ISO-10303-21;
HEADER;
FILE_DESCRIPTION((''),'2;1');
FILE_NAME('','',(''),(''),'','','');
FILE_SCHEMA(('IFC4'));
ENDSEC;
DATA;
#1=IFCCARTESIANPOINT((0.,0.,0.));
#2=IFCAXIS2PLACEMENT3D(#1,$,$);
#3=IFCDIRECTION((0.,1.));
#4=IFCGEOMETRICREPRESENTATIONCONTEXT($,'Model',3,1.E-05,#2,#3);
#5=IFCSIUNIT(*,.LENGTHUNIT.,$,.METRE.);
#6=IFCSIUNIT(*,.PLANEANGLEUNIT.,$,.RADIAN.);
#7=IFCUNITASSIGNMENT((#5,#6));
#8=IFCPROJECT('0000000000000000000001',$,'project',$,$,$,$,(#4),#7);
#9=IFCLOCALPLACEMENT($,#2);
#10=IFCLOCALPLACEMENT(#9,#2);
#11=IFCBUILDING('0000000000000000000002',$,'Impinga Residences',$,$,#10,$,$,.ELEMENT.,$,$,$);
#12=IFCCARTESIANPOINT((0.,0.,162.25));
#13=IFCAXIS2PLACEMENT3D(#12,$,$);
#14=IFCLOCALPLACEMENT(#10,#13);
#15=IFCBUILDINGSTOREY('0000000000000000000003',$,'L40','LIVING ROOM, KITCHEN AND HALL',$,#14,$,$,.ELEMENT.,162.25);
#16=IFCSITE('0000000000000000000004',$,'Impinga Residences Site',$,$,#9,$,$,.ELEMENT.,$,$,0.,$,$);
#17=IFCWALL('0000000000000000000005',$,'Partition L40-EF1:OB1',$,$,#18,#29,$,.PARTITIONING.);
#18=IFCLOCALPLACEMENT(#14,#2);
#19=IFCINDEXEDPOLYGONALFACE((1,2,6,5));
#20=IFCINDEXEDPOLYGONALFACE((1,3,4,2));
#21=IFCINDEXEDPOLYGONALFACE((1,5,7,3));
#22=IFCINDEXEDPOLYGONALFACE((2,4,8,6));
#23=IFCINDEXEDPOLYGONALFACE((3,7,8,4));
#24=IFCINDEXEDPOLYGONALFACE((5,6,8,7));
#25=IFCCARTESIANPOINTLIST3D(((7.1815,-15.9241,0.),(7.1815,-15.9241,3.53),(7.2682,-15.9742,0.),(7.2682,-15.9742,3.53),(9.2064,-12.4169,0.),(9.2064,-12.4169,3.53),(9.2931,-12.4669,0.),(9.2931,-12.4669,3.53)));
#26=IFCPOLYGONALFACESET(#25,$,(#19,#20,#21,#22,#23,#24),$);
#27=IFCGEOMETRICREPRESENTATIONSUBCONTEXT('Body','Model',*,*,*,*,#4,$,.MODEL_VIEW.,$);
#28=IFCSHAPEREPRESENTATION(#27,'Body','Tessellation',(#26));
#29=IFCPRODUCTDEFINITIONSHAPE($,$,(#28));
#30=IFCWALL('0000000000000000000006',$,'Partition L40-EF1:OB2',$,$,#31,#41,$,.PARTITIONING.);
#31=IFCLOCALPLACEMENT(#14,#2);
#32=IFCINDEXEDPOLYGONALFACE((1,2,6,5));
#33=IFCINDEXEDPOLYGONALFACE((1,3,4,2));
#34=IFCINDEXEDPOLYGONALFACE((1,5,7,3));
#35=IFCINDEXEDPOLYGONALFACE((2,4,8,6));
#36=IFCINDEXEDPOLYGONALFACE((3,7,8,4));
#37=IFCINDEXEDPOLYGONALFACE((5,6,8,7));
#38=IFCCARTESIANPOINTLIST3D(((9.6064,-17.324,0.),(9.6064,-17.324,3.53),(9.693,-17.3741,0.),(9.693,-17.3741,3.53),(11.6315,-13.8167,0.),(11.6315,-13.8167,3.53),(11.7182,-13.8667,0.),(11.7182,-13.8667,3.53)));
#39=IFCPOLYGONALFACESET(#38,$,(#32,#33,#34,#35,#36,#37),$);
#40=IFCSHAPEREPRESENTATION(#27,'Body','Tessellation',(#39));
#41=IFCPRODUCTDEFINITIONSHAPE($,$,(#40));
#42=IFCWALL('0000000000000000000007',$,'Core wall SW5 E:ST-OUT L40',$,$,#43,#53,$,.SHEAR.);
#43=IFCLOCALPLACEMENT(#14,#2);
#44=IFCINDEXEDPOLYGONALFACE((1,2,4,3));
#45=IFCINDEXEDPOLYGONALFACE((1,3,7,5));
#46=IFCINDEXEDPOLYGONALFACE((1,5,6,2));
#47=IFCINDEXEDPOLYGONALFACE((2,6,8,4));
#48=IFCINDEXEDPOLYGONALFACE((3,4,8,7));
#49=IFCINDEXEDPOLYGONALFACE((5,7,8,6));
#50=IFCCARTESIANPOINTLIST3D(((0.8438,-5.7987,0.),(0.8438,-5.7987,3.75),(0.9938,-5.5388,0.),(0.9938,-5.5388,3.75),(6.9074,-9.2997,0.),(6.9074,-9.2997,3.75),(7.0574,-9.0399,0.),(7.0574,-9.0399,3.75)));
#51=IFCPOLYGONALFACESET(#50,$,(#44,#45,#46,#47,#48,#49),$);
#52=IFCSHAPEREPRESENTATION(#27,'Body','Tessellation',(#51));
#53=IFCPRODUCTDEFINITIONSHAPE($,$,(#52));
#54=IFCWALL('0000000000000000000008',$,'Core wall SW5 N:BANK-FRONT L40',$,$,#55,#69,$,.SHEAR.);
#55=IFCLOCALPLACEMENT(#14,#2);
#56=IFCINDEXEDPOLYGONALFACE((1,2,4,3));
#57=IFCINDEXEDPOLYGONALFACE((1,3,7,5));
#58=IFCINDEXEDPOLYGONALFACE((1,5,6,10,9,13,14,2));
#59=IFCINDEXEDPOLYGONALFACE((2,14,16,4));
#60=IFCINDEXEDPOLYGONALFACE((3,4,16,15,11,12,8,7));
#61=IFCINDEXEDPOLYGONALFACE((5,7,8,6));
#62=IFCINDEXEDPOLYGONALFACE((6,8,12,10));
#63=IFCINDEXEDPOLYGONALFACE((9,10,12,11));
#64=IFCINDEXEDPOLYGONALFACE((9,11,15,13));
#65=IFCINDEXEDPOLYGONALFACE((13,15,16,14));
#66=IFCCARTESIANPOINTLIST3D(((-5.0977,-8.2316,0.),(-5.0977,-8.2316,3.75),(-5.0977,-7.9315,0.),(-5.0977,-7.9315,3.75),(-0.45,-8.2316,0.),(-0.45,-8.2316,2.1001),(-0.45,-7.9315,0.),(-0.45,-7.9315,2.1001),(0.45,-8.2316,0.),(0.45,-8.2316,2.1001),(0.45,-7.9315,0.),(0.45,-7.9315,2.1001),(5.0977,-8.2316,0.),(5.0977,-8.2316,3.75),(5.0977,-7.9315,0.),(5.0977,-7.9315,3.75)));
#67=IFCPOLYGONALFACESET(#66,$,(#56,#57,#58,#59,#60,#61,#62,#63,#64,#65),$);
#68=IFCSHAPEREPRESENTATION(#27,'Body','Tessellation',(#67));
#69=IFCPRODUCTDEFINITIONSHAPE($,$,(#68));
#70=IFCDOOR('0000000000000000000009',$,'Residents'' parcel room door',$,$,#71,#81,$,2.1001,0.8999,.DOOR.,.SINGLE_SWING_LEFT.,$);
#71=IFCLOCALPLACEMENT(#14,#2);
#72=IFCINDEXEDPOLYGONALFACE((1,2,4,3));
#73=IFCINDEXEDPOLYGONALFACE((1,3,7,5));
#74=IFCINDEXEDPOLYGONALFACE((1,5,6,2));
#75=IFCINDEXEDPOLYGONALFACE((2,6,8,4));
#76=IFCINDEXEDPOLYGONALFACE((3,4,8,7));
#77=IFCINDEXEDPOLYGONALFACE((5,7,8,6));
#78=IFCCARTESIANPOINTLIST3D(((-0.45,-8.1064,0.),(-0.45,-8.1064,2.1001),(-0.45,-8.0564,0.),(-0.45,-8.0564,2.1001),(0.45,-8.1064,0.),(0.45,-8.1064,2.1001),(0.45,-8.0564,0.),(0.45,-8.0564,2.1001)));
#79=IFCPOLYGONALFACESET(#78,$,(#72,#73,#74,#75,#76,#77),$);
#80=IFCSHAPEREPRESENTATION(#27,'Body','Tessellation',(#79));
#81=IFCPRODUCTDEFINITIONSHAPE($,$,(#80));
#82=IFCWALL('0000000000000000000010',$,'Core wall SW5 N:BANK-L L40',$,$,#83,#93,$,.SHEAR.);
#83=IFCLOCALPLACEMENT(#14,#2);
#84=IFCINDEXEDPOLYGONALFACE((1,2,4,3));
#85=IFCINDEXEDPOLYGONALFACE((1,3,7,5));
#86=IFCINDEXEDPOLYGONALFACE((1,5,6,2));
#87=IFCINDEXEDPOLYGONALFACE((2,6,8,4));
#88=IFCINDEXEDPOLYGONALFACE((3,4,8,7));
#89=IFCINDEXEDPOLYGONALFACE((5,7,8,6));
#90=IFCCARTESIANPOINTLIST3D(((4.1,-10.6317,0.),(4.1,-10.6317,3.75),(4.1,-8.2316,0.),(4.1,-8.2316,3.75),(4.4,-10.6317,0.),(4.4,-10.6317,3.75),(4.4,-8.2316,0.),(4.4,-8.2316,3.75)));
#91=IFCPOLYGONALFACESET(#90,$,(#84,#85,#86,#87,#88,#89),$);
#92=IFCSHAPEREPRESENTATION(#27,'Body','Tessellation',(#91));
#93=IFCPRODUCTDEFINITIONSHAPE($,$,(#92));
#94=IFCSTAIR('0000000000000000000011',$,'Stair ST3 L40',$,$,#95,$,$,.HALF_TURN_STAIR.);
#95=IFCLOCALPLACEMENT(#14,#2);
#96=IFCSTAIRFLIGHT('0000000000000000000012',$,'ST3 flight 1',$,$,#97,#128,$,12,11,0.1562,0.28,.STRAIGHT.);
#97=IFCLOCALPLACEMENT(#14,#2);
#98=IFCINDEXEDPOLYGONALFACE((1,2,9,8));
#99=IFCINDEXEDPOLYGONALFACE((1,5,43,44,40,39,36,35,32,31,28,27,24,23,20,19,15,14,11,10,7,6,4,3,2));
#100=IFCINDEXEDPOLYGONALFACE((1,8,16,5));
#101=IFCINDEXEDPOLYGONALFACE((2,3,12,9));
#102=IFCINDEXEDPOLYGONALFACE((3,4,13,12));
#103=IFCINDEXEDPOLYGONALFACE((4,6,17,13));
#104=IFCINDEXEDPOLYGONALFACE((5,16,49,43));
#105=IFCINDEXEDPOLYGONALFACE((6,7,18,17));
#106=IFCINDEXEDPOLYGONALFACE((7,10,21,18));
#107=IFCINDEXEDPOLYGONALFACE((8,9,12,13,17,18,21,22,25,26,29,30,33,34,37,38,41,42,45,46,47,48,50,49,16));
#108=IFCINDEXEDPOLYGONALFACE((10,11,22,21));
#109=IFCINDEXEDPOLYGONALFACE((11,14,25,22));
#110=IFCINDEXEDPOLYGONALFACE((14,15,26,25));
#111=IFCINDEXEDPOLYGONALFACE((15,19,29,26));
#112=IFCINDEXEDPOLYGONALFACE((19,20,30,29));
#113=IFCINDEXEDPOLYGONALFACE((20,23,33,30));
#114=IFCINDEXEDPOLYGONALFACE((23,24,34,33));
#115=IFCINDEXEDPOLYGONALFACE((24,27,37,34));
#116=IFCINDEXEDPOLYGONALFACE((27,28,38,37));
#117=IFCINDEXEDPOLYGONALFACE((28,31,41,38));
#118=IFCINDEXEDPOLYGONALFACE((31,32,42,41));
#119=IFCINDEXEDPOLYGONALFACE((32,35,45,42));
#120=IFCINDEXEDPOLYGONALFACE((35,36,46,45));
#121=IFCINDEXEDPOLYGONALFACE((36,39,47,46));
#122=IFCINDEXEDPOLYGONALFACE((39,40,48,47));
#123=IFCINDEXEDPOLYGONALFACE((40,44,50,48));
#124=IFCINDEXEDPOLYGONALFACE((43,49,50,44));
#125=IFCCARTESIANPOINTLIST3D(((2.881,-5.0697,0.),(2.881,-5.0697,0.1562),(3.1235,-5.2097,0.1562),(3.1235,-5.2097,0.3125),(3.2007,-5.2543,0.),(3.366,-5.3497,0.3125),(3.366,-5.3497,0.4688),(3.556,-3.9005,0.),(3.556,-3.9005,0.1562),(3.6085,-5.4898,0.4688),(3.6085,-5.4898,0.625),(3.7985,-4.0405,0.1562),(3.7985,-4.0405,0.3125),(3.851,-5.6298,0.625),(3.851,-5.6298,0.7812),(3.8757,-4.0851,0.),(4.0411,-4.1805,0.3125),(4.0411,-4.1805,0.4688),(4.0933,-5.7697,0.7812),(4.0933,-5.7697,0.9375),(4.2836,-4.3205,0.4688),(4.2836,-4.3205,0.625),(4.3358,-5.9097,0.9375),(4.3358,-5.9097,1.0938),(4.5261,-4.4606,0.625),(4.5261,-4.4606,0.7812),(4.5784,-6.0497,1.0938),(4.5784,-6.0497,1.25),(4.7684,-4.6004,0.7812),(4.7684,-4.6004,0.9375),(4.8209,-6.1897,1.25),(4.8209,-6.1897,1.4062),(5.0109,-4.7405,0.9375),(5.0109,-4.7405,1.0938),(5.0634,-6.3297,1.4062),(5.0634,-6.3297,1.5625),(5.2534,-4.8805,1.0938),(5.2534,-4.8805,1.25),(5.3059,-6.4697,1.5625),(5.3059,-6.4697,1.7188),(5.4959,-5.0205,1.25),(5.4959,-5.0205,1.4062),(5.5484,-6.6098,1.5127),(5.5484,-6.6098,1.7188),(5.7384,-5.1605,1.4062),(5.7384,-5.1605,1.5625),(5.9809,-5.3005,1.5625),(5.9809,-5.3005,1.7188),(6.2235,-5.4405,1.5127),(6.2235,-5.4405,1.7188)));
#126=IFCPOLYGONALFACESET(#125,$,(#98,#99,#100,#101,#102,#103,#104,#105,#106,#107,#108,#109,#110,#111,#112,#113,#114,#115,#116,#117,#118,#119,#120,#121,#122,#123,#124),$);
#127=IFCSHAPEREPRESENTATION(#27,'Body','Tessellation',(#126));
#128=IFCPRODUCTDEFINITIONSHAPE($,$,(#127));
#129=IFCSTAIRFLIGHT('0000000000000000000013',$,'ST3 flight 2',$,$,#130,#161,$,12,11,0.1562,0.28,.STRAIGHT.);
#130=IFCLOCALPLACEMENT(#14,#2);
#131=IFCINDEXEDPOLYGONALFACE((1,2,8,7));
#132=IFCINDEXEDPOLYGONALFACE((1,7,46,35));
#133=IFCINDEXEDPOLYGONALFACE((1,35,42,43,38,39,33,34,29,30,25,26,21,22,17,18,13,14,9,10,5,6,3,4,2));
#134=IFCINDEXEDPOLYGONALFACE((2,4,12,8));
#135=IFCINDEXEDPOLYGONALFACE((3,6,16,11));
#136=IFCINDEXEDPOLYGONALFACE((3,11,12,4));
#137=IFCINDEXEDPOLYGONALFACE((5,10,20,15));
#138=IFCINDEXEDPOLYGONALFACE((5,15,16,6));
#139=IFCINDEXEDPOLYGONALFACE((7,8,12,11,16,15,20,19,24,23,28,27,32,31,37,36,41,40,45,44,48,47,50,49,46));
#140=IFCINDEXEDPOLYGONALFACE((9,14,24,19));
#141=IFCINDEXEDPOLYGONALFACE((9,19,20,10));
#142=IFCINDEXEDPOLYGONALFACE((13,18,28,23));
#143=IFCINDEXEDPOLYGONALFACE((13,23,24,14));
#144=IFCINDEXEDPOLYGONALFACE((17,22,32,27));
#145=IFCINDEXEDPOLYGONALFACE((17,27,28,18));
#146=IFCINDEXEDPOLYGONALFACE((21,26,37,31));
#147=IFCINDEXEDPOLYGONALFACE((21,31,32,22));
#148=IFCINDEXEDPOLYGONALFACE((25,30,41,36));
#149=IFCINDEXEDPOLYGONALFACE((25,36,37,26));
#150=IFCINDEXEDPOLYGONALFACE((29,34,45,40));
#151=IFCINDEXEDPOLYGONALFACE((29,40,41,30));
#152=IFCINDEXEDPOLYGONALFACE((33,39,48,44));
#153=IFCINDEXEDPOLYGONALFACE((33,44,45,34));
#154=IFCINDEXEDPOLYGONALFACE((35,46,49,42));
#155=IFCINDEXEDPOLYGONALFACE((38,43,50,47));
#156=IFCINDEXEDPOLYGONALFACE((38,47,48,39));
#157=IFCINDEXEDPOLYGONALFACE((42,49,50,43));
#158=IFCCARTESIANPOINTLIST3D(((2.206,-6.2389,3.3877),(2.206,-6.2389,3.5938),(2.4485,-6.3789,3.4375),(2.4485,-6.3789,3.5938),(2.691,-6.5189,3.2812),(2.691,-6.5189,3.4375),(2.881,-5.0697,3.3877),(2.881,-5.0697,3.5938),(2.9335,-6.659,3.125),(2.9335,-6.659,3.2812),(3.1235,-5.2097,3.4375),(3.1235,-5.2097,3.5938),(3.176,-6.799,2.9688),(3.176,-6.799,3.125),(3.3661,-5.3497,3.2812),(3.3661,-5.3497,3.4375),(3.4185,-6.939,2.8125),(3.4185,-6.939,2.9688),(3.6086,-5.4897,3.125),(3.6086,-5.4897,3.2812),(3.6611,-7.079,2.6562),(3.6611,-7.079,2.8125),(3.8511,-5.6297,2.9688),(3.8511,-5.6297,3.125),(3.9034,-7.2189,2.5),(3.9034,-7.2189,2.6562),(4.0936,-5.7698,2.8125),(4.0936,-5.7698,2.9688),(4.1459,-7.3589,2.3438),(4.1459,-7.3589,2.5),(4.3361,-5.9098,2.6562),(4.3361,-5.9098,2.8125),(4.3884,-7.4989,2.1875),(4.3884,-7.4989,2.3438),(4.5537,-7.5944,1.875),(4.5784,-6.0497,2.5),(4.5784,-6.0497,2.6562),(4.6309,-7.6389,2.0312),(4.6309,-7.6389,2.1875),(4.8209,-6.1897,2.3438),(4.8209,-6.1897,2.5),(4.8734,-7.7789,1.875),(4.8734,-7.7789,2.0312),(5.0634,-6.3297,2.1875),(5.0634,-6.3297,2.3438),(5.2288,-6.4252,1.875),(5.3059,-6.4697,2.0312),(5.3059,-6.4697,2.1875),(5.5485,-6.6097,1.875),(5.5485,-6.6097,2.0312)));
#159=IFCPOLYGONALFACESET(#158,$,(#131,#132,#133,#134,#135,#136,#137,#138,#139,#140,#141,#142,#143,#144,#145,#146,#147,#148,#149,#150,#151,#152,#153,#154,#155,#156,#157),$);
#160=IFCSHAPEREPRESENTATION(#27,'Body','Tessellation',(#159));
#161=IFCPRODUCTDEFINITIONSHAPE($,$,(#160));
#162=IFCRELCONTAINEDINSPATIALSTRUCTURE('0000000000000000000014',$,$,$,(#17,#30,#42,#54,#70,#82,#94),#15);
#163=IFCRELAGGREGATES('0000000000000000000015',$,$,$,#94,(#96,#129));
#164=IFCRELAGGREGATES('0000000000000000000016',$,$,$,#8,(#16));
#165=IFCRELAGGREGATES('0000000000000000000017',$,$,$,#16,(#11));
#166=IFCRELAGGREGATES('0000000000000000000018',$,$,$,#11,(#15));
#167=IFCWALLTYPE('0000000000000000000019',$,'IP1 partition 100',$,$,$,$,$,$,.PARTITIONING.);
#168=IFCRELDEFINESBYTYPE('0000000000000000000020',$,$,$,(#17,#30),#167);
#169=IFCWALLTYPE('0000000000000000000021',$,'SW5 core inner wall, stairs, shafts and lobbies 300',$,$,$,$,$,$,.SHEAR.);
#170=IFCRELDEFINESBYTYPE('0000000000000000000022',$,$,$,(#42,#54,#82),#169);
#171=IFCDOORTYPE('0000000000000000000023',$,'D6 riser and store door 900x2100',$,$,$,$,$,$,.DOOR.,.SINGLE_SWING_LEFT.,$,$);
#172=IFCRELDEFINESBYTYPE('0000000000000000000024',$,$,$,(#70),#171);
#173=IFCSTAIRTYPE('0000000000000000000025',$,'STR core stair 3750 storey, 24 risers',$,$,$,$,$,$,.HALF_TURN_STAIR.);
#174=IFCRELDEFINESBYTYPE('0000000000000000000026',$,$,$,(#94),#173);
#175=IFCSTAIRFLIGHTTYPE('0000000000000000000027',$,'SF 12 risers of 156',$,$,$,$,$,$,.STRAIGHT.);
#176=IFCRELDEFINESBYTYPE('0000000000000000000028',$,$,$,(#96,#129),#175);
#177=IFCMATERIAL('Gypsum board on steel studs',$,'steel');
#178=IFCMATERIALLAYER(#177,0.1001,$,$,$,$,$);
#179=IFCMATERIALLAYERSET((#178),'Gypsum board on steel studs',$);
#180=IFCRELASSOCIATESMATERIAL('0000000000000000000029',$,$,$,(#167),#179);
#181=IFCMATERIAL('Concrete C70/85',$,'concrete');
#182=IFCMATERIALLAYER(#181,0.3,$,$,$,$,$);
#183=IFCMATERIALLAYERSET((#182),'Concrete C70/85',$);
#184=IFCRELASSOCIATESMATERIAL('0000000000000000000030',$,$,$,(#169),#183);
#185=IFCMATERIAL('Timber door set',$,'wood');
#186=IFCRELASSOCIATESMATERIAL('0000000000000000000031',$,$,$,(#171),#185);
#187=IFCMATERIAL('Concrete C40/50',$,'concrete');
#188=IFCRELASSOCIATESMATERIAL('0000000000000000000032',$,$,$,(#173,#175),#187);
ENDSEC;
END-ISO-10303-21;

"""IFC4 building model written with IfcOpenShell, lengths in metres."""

from ifc_helpers import new_model, si_unit, direction, frame, frame_2d, origin, place, context, subcontext, project, spatial, polyline, rectangle, outline, extrude, material, layer, layer_set, type_object, element, fill, aggregate, save


model = new_model("IFC4")

# Units and contexts
model_context = context("Model", 3, precision=1e-05, world=origin(), true_north=direction((0.0, 1.0)))
body_context = subcontext(model_context, "Body", "Model", "MODEL_VIEW")
ifc_project = project(units=[si_unit("LENGTHUNIT", "METRE"), si_unit("PLANEANGLEUNIT", "RADIAN")], contexts=[model_context])

# Site, building, storey
site_placement = place(None, origin())
site = spatial("IfcSite", under=ifc_project, at=site_placement, Name="Impinga Residences Site", CompositionType="ELEMENT", RefElevation=0.0)
building_placement = place(site_placement, origin())
building = spatial("IfcBuilding", under=site, at=building_placement, Name="Impinga Residences", CompositionType="ELEMENT")
storey_placement = place(building_placement, frame((0.0, 0.0, 162.25)))
storey = spatial("IfcBuildingStorey", under=building, at=storey_placement, Name="L40", Description="LIVING ROOM, KITCHEN AND HALL", CompositionType="ELEMENT", Elevation=162.25)

# Shared definitions
ifc_material_1 = material(Name="Timber door set", Category="wood")

# Shared definitions
ifc_material_2 = material(Name="Gypsum board on steel studs", Category="steel")
ifc_layer_1 = layer(ifc_material_2, 0.1001)
ifc_layer_set_1 = layer_set([ifc_layer_1], Name="Gypsum board on steel studs")
wall_type_1 = type_object("IfcWallType", Name="IP1 partition 100", PredefinedType="PARTITIONING", material=ifc_layer_set_1)

# Walls
wall_1_placement = place(storey_placement, frame((9.2498, -12.4419, 0.0), z_axis=(0.0, 0.0, 1.0), x_axis=(-0.49999, -0.866031, 0.0)))
element("IfcWall", 1, at=wall_1_placement, inside=storey, type_object=wall_type_1, Name="Partition L40-EF1:OB1", PredefinedType="PARTITIONING", context=body_context, shape_type="SweptSolid", body=[
    extrude(rectangle(XDim=4.0498, YDim=0.1001, at=frame_2d((2.0249, 0.0))), origin(), (0.0, 0.0, 1.0), 3.53),
])
wall_2_placement = place(storey_placement, frame((11.6748, -13.8418, 0.0), z_axis=(0.0, 0.0, 1.0), x_axis=(-0.500036, -0.866005, 0.0)))
element("IfcWall", 2, at=wall_2_placement, inside=storey, type_object=wall_type_1, Name="Partition L40-EF1:OB2", PredefinedType="PARTITIONING", context=body_context, shape_type="SweptSolid", body=[
    extrude(rectangle(XDim=4.05, YDim=0.1001, at=frame_2d((2.0249, 0.0))), origin(), (0.0, 0.0, 1.0), 3.53),
])
ifc_material_3 = material(Name="Concrete C70/85", Category="concrete")
ifc_layer_2 = layer(ifc_material_3, 0.3)
ifc_layer_set_2 = layer_set([ifc_layer_2], Name="Concrete C70/85")
wall_type_2 = type_object("IfcWallType", Name="SW5 core inner wall, stairs, shafts and lobbies 300", PredefinedType="SHEAR", material=ifc_layer_set_2)
wall_3_placement = place(storey_placement, frame((0.9187, -5.6687, 0.0), z_axis=(0.0, 0.0, 1.0), x_axis=(0.866011, -0.500024, 0.0)))
element("IfcWall", 3, at=wall_3_placement, inside=storey, type_object=wall_type_2, Name="Core wall SW5 E:ST-OUT L40", PredefinedType="SHEAR", context=body_context, shape_type="SweptSolid", body=[
    extrude(rectangle(XDim=7.0017, YDim=0.3, at=frame_2d((3.501, 0.0))), origin(), (0.0, 0.0, 1.0), 3.75),
])

# Wall, opening, door
wall_4_placement = place(storey_placement, frame((5.0977, -8.0815, 0.0), z_axis=(0.0, 0.0, 1.0), x_axis=(-1.0, 0.0, 0.0)))
wall_4 = element("IfcWall", 4, at=wall_4_placement, inside=storey, type_object=wall_type_2, Name="Core wall SW5 N:BANK-FRONT L40", PredefinedType="SHEAR", context=body_context, shape_type="SweptSolid", body=[
    extrude(rectangle(XDim=10.1953, YDim=0.3, at=frame_2d((5.0977, 0.0))), origin(), (0.0, 0.0, 1.0), 3.75),
])
opening_1_placement = place(wall_4_placement, frame((4.6477, 0.0, 0.0)))
opening_1 = element("IfcOpeningElement", 5, at=opening_1_placement, cuts=wall_4, PredefinedType="OPENING", context=body_context, shape_type="SweptSolid", body=[
    extrude(rectangle(XDim=0.8999, YDim=2.1001, at=frame_2d((0.45, 1.05))), frame((0.0, 0.1599, 0.0), z_axis=(0.0, -1.0, 0.0), x_axis=(1.0, 0.0, 0.0)), (0.0, 0.0, 1.0), 0.3201),
])
door_type_1 = type_object("IfcDoorType", Name="D6 riser and store door 900x2100", OperationType="SINGLE_SWING_LEFT", PredefinedType="DOOR", material=ifc_material_1)
door_1_placement = place(opening_1_placement, origin())
door_1 = element("IfcDoor", 6, at=door_1_placement, inside=storey, type_object=door_type_1, Name="Residents' parcel room door", OperationType="SINGLE_SWING_LEFT", OverallHeight=2.1001, OverallWidth=0.8999, PredefinedType="DOOR", context=body_context, shape_type="SweptSolid", body=[
    extrude(rectangle(XDim=0.8999, YDim=2.1001, at=frame_2d((0.45, 1.05))), frame((0.0, 0.0249, 0.0), z_axis=(0.0, -1.0, 0.0), x_axis=(1.0, 0.0, 0.0)), (0.0, 0.0, 1.0), 0.05),
])
fill(opening_1, door_1)

# Wall
wall_5_placement = place(storey_placement, frame((4.25, -8.2314, 0.0), z_axis=(0.0, 0.0, 1.0), x_axis=(0.0, -1.0, 0.0)))
element("IfcWall", 7, at=wall_5_placement, inside=storey, type_object=wall_type_2, Name="Core wall SW5 N:BANK-L L40", PredefinedType="SHEAR", context=body_context, shape_type="SweptSolid", body=[
    extrude(rectangle(XDim=2.4001, YDim=0.3, at=frame_2d((1.2002, 0.0))), origin(), (0.0, 0.0, 1.0), 3.75),
])

# Stair, stair flights
ifc_material_4 = material(Name="Concrete C40/50", Category="concrete")
stair_type = type_object("IfcStairType", Name="STR core stair 3750 storey, 24 risers", PredefinedType="HALF_TURN_STAIR", material=ifc_material_4)
stair_placement = place(storey_placement, origin())
stair = element("IfcStair", 8, at=stair_placement, inside=storey, type_object=stair_type, Name="Stair ST3 L40", PredefinedType="HALF_TURN_STAIR")
stair_flight_type = type_object("IfcStairFlightType", Name="SF 12 risers of 156", PredefinedType="STRAIGHT", material=ifc_material_4)
stair_flight_1_placement = place(storey_placement, frame((3.2185, -4.4851, 0.0), z_axis=(0.0, 0.0, 1.0), x_axis=(0.866025, -0.5, 0.0)))
stair_flight_1 = element("IfcStairFlight", 9, at=stair_flight_1_placement, type_object=stair_flight_type, Name="ST3 flight 1", NumberOfRisers=12, NumberOfTreads=11, PredefinedType="STRAIGHT", RiserHeight=0.1562, TreadLength=0.28, context=body_context, shape_type="SweptSolid", body=[
    extrude(outline(polyline([(0.0, 0.0), (0.0, 0.1562), (0.28, 0.1562), (0.28, 0.3125), (0.5601, 0.3125), (0.5601, 0.4688), (0.8401, 0.4688), (0.8401, 0.625), (1.1201, 0.625), (1.1201, 0.7812), (1.3999, 0.7812), (1.3999, 0.9375), (1.6799, 0.9375), (1.6799, 1.0938), (1.96, 1.0938), (1.96, 1.25), (2.24, 1.25), (2.24, 1.4062), (2.52, 1.4062), (2.52, 1.5625), (2.8, 1.5625), (2.8, 1.7188), (3.0801, 1.7188), (3.0801, 1.875), (3.0801, 1.5127), (0.3691, 0.0), (0.0, 0.0)])), frame((0.0, 0.675, 0.0), z_axis=(0.0, -1.0, 0.0), x_axis=(1.0, 0.0, 0.0)), (0.0, 0.0, 1.0), 1.3501),
])
stair_flight_2_placement = place(storey_placement, frame((5.2109, -7.1943, 1.875), z_axis=(0.0, 0.0, 1.0), x_axis=(-0.866025, 0.5, 0.0)))
stair_flight_2 = element("IfcStairFlight", 10, at=stair_flight_2_placement, type_object=stair_flight_type, Name="ST3 flight 2", NumberOfRisers=12, NumberOfTreads=11, PredefinedType="STRAIGHT", RiserHeight=0.1562, TreadLength=0.28, context=body_context, shape_type="SweptSolid", body=[
    extrude(outline(polyline([(0.0, 0.0), (0.0, 0.1562), (0.28, 0.1562), (0.28, 0.3125), (0.5601, 0.3125), (0.5601, 0.4688), (0.8401, 0.4688), (0.8401, 0.625), (1.1201, 0.625), (1.1201, 0.7812), (1.3999, 0.7812), (1.3999, 0.9375), (1.6799, 0.9375), (1.6799, 1.0938), (1.96, 1.0938), (1.96, 1.25), (2.24, 1.25), (2.24, 1.4062), (2.52, 1.4062), (2.52, 1.5625), (2.8, 1.5625), (2.8, 1.7188), (3.0801, 1.7188), (3.0801, 1.875), (3.0801, 1.5127), (0.3691, 0.0), (0.0, 0.0)])), frame((0.0, 0.675, 0.0), z_axis=(0.0, -1.0, 0.0), x_axis=(1.0, 0.0, 0.0)), (0.0, 0.0, 1.0), 1.3501),
])
aggregate(stair, [stair_flight_1, stair_flight_2])

save(model, "model.ifc")
